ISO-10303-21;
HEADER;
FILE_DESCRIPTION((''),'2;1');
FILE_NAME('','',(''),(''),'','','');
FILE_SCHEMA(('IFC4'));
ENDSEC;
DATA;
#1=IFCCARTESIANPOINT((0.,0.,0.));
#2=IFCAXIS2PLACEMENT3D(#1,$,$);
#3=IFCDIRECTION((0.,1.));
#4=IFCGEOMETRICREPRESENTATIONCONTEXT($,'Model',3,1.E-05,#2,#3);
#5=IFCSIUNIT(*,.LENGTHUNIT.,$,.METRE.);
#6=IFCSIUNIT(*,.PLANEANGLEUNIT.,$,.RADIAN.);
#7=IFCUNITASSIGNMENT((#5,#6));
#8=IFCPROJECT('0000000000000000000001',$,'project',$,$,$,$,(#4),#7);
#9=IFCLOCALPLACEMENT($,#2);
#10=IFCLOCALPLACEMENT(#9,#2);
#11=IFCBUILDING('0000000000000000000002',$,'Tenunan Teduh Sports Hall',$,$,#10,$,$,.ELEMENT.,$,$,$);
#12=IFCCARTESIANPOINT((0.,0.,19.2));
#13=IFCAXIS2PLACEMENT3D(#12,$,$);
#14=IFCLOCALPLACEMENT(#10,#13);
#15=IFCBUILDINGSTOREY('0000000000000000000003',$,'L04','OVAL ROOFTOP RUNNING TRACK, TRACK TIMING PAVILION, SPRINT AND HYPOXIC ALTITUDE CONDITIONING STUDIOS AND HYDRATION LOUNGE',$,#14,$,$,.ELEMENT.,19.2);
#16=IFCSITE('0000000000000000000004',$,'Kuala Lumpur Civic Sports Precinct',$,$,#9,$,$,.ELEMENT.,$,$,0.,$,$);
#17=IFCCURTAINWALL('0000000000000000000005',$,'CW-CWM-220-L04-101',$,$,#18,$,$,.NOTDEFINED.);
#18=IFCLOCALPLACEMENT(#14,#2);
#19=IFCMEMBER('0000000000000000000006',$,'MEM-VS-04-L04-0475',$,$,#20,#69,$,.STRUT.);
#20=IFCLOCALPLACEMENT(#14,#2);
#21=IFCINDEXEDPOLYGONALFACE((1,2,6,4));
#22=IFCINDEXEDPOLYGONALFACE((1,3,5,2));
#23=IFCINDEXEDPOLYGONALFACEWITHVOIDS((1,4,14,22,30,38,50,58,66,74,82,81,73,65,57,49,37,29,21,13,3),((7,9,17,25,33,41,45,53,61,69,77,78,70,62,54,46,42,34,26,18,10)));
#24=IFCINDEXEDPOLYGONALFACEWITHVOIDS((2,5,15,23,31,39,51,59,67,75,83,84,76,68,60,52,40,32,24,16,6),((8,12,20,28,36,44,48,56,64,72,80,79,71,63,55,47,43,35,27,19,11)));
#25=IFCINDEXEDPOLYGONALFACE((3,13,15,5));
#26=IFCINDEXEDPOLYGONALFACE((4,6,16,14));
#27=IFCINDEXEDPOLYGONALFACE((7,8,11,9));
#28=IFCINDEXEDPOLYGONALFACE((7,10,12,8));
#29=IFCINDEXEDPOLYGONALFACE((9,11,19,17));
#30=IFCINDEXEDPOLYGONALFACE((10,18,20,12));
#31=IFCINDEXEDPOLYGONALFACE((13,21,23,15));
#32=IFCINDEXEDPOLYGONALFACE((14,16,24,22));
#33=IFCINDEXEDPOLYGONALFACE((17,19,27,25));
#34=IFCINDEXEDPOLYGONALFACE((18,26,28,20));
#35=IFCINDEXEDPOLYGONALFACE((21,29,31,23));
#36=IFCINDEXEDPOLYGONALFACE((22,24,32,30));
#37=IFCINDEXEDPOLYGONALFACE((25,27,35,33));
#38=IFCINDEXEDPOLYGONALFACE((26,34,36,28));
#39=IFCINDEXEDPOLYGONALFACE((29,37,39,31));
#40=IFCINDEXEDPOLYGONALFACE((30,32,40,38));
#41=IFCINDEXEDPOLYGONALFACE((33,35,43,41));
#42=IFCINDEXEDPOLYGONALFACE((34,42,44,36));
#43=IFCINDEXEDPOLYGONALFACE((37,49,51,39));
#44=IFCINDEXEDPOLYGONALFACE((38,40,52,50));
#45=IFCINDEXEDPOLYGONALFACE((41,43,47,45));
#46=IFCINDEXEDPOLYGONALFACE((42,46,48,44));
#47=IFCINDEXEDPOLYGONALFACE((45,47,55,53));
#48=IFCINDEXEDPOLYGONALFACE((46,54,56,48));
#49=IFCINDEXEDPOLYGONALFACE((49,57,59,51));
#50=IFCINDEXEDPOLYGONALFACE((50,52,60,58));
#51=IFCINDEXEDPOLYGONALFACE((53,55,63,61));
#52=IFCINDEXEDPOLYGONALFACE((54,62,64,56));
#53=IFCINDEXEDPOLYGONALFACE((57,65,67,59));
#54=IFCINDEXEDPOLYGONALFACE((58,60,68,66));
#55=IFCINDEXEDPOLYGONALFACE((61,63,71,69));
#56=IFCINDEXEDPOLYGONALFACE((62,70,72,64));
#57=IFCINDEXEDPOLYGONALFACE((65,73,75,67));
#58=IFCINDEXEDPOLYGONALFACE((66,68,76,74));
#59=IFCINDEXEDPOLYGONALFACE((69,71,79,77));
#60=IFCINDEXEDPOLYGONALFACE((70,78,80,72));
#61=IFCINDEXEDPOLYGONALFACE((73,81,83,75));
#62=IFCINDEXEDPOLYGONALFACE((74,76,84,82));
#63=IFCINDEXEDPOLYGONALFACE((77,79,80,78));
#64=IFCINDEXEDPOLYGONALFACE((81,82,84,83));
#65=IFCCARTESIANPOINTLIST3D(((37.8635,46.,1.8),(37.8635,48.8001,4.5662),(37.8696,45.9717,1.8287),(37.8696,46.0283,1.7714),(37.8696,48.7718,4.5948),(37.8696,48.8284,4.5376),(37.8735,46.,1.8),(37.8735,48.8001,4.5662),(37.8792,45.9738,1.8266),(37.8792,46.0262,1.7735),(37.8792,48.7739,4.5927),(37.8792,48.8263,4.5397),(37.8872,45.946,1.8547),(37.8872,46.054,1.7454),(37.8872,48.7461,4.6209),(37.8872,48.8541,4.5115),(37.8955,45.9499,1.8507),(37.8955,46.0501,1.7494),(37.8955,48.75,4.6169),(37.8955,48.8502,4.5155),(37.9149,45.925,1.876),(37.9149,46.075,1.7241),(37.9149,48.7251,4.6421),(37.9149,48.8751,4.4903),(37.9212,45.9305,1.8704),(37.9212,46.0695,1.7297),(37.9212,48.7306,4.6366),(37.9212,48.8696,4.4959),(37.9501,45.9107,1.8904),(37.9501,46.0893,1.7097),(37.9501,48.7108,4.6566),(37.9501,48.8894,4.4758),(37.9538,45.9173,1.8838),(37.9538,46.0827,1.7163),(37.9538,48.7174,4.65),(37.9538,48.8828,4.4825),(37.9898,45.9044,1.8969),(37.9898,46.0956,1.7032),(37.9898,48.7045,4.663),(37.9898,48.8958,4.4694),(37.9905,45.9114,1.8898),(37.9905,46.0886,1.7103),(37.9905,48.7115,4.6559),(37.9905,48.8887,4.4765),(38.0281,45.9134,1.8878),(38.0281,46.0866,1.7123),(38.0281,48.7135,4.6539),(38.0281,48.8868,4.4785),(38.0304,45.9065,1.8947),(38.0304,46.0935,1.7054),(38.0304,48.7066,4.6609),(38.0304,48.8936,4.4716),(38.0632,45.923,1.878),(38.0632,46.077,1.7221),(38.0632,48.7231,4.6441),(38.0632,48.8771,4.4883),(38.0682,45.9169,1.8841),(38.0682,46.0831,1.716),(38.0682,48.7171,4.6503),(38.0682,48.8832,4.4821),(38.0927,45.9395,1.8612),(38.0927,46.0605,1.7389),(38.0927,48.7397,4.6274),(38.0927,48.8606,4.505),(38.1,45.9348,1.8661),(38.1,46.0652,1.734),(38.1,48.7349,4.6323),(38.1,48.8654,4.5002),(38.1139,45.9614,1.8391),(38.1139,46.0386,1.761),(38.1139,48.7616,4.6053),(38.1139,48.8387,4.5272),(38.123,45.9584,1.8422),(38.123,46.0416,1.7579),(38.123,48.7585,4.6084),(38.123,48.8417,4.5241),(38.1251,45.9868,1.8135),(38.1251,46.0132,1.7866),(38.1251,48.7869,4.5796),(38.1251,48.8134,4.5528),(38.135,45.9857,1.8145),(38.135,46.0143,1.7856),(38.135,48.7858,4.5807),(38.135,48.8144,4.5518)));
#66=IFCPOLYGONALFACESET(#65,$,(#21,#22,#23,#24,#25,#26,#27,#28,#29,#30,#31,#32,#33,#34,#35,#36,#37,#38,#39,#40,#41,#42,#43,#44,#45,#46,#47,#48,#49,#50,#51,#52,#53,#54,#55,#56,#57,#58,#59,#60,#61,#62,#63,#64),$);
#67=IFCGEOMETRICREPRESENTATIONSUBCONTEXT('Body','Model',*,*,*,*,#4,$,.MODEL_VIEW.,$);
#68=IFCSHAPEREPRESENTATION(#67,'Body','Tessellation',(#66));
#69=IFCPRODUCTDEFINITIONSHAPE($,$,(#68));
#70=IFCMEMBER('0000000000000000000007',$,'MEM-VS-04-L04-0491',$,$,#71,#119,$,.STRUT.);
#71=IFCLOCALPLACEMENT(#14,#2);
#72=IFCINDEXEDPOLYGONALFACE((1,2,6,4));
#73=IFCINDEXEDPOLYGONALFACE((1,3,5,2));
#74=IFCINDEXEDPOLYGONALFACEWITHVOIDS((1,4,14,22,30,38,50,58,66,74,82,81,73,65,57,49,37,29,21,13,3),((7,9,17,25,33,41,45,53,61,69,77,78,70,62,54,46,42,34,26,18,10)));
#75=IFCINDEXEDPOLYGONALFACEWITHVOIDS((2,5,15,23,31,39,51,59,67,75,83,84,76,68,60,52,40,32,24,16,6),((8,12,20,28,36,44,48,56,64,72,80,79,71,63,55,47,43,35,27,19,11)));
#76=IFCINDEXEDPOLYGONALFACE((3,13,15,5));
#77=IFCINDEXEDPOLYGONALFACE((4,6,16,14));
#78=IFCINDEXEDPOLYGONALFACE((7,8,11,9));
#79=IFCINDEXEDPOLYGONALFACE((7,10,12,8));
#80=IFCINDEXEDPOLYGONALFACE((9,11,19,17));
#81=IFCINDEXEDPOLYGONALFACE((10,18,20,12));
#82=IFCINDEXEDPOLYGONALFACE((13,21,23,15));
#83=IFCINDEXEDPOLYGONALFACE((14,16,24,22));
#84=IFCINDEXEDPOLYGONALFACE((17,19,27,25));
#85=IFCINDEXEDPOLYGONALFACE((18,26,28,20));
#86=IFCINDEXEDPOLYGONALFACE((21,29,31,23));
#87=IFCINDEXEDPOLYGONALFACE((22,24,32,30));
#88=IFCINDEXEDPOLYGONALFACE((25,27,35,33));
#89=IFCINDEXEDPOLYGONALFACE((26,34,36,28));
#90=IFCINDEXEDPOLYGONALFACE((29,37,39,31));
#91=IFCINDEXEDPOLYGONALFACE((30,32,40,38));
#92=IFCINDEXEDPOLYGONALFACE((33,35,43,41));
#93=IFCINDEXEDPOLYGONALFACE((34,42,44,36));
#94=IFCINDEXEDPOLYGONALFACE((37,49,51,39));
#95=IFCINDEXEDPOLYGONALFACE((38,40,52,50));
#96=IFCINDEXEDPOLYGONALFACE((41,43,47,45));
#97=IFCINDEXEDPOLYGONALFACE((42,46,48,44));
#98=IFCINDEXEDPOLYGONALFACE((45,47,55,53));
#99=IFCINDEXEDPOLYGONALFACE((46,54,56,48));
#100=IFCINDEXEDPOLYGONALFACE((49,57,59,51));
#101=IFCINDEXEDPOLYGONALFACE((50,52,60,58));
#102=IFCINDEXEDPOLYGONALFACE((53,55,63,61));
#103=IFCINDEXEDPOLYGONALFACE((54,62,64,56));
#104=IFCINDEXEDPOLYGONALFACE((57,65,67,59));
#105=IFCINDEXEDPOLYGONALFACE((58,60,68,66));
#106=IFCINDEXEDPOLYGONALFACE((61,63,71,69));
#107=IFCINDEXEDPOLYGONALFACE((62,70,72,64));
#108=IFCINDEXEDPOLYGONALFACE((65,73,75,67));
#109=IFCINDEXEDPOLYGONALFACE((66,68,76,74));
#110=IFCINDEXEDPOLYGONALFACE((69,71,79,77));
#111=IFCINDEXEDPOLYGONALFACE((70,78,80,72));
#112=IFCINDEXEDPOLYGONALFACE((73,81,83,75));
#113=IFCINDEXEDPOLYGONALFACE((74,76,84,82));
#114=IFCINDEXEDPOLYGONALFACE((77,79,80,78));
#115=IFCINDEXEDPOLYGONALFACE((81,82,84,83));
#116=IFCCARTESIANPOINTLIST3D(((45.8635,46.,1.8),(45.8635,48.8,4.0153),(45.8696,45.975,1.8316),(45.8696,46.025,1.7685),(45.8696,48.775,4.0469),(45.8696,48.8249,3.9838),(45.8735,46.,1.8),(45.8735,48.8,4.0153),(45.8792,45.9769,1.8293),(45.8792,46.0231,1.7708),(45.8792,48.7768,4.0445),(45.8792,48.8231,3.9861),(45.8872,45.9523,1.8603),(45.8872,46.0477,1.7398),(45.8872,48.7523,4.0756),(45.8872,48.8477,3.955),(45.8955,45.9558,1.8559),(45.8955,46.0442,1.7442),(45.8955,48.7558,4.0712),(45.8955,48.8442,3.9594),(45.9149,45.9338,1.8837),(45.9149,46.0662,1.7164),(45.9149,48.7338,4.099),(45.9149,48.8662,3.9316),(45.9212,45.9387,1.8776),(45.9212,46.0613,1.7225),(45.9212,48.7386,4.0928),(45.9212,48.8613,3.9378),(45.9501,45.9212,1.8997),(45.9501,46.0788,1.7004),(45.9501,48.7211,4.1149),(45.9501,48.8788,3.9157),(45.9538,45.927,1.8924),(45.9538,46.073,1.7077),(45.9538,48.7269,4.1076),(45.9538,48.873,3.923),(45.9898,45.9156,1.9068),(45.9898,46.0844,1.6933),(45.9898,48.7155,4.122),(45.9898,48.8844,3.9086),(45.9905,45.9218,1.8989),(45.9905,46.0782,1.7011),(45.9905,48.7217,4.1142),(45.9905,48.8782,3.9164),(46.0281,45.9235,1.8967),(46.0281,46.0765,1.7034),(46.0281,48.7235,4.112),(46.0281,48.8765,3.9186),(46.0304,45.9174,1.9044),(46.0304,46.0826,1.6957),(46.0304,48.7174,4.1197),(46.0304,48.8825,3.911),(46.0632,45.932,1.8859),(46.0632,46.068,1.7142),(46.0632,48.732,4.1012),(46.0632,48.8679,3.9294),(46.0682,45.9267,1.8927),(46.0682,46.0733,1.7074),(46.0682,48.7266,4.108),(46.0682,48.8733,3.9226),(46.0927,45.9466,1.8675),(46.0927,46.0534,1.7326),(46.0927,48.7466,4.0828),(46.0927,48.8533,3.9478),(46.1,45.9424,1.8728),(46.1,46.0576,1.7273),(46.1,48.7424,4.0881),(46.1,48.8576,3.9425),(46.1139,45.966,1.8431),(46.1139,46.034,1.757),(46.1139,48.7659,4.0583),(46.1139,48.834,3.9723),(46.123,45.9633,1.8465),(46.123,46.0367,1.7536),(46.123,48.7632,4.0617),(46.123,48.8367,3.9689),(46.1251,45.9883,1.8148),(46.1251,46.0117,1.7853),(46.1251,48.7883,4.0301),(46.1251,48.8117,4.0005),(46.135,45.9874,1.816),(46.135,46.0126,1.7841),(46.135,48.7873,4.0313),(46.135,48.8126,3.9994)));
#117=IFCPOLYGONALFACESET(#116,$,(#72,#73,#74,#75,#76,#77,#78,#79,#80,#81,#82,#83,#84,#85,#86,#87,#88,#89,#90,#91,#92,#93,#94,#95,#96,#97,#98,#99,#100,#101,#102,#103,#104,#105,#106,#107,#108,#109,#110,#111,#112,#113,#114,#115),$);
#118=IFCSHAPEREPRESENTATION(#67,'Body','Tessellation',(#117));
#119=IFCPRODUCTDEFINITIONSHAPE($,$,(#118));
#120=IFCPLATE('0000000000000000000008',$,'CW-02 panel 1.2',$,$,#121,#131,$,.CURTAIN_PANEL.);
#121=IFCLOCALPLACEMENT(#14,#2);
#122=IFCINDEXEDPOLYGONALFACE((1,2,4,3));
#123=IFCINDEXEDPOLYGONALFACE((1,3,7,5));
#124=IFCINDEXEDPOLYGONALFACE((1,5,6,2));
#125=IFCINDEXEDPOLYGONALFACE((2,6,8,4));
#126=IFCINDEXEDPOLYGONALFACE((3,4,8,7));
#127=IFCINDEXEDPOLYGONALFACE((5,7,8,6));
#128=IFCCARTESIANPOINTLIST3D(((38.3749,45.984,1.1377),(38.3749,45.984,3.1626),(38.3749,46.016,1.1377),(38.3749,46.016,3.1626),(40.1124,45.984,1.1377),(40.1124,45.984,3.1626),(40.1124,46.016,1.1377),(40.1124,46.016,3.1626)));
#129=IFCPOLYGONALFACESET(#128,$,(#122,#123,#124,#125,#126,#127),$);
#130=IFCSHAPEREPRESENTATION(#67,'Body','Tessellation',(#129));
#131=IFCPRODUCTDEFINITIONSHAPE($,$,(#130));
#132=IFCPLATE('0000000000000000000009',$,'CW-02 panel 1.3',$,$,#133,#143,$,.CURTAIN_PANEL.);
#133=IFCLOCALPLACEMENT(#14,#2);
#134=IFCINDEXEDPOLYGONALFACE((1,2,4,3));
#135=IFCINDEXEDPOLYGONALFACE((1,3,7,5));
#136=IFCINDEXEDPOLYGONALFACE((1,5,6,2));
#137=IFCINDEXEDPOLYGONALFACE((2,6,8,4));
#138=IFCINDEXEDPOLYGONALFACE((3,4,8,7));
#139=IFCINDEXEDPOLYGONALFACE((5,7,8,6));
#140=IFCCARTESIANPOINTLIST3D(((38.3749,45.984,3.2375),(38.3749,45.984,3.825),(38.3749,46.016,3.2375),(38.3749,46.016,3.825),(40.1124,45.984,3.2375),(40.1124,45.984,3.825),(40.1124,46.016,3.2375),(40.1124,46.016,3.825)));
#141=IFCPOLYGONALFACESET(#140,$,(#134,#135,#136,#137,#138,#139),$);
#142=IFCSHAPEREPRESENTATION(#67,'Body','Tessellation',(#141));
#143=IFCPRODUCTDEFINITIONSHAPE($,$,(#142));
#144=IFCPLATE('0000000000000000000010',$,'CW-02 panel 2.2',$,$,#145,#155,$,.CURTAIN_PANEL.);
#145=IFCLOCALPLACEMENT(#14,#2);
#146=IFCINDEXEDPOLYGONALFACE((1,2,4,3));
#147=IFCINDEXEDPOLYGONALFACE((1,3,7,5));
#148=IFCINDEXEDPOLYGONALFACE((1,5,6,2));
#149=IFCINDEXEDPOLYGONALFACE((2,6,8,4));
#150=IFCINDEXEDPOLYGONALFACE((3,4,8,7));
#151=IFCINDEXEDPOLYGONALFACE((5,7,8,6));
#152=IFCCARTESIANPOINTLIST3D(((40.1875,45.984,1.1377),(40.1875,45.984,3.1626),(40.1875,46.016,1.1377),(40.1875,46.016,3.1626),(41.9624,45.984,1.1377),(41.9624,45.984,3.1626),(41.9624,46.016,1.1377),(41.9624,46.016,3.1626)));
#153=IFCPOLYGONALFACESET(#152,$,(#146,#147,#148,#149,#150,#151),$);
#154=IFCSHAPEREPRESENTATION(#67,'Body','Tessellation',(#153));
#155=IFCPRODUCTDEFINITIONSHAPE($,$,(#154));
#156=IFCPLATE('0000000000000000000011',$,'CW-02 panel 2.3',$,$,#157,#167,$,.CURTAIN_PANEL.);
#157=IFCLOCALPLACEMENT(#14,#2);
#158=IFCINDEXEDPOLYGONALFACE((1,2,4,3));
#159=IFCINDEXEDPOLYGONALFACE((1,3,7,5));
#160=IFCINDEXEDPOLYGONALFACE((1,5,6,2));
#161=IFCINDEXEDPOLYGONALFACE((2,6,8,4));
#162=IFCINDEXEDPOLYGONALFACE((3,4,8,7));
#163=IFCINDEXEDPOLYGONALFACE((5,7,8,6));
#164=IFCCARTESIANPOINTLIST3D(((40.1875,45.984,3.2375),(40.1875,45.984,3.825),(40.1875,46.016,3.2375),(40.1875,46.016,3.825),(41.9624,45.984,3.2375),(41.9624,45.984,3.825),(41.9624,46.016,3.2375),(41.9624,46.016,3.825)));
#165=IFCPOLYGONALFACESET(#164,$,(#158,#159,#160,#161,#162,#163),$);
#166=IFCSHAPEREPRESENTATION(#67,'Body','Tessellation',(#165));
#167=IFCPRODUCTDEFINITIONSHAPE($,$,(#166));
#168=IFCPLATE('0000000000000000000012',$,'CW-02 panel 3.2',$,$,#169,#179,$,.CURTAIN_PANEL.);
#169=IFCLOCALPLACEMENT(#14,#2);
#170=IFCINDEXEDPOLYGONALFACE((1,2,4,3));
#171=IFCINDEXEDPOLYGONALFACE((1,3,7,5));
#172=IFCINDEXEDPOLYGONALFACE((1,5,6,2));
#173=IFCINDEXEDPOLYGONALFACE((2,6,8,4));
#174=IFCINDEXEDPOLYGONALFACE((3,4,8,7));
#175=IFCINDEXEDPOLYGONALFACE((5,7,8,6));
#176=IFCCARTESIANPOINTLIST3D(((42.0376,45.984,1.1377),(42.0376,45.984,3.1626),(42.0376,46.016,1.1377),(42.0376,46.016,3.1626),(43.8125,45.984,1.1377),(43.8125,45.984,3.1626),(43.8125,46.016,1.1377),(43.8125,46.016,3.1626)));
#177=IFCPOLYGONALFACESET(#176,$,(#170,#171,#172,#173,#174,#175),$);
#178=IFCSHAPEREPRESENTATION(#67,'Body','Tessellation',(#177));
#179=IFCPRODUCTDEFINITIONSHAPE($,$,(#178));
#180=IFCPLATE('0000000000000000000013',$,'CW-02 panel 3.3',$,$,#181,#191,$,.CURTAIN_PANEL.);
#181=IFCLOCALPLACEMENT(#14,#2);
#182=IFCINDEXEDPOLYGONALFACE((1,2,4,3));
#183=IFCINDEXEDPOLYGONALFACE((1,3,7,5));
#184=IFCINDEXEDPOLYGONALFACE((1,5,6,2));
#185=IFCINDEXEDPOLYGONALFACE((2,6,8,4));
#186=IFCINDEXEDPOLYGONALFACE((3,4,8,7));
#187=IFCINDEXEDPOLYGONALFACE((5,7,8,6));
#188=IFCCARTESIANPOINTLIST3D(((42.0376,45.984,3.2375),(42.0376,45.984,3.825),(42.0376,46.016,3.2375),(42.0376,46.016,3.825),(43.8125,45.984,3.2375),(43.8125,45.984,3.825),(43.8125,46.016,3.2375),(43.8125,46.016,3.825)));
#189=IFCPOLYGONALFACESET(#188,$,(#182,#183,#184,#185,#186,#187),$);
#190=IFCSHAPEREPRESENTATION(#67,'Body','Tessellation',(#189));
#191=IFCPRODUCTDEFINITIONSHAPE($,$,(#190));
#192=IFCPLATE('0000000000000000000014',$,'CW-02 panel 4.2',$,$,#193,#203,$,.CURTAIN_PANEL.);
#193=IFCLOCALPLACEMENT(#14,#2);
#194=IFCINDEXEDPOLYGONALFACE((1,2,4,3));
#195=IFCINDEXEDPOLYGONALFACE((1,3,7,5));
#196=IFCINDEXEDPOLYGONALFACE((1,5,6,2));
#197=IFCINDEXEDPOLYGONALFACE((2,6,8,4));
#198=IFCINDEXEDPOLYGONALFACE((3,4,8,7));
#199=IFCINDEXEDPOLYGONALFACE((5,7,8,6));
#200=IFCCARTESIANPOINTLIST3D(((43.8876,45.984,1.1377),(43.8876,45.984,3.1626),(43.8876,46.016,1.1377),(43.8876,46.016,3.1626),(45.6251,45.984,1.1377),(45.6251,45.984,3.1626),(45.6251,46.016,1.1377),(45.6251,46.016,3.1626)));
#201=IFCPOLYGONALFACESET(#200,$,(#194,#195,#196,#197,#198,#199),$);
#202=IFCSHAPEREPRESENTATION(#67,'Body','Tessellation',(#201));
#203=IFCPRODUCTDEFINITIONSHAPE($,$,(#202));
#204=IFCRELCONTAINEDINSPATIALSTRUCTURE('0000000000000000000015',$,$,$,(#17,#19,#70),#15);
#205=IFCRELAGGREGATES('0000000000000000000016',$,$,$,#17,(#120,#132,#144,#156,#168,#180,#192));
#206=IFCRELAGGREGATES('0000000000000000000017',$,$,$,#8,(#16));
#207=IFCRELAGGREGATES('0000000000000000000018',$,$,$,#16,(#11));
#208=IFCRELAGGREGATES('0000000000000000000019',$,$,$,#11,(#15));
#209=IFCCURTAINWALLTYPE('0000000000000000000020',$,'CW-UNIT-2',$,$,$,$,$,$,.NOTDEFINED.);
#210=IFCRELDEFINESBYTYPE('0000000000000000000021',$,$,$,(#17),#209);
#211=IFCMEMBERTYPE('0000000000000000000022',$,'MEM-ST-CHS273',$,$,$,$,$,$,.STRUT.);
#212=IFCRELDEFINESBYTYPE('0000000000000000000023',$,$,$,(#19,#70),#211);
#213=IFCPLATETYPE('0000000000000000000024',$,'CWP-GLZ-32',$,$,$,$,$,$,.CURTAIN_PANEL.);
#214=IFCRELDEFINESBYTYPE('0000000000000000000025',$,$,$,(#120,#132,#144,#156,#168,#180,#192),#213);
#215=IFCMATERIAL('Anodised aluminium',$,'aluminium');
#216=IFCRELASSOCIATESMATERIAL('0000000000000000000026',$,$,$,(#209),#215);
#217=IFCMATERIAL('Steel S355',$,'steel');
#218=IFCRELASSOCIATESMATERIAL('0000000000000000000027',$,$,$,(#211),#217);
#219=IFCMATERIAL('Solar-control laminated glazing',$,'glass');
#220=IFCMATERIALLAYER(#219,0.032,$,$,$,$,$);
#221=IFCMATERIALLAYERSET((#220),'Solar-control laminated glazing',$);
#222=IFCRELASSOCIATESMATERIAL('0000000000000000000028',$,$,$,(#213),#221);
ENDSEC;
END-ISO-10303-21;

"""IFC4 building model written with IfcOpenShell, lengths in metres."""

from ifc_helpers import new_model, si_unit, direction, frame, origin, origin_2d, place, context, subcontext, project, spatial, rectangle, hollow_circle, extrude, material, layer, layer_set, material_profile, profile_set, type_object, element, aggregate, save


model = new_model("IFC4")

# Units and contexts
model_context = context("Model", 3, precision=1e-05, world=origin(), true_north=direction((0.0, 1.0)))
body_context = subcontext(model_context, "Body", "Model", "MODEL_VIEW")
ifc_project = project(units=[si_unit("LENGTHUNIT", "METRE"), si_unit("PLANEANGLEUNIT", "RADIAN")], contexts=[model_context])

# Site, building, storey
site_placement = place(None, origin())
site = spatial("IfcSite", under=ifc_project, at=site_placement, Name="Kuala Lumpur Civic Sports Precinct", CompositionType="ELEMENT", RefElevation=0.0)
building_placement = place(site_placement, origin())
building = spatial("IfcBuilding", under=site, at=building_placement, Name="Tenunan Teduh Sports Hall", CompositionType="ELEMENT")
storey_placement = place(building_placement, frame((0.0, 0.0, 19.2)))
storey = spatial("IfcBuildingStorey", under=building, at=storey_placement, Name="L04", Description="OVAL ROOFTOP RUNNING TRACK, TRACK TIMING PAVILION, SPRINT AND HYPOXIC ALTITUDE CONDITIONING STUDIOS AND HYDRATION LOUNGE", CompositionType="ELEMENT", Elevation=19.2)

# Shared definitions
ifc_material_1 = material(Name="Anodised aluminium", Category="aluminium")
curtain_wall_type = type_object("IfcCurtainWallType", Name="CW-UNIT-2", PredefinedType="NOTDEFINED", material=ifc_material_1)

# Curtain wall
curtain_wall_1_placement = place(storey_placement, origin())
curtain_wall_1 = element("IfcCurtainWall", 1, at=curtain_wall_1_placement, inside=storey, type_object=curtain_wall_type, Name="CW-CWM-220-L04-101", PredefinedType="NOTDEFINED")

# Members
ifc_material_2 = material(Name="Steel S355", Category="steel")
ifc_material_profile_1 = material_profile(ifc_material_2, hollow_circle(Radius=0.1365, WallThickness=0.01, at=origin_2d()), Name="CHS 273.0x10.0")
ifc_profile_set_1 = profile_set([ifc_material_profile_1], Name="Steel S355")
member_type_1 = type_object("IfcMemberType", Name="MEM-ST-CHS273", PredefinedType="STRUT", material=ifc_profile_set_1)
member_1_placement = place(storey_placement, frame((38.0, 46.0, 1.8), z_axis=(0.0, 0.711405, 0.702783), x_axis=(-1.0, 0.0, 0.0)))
element("IfcMember", 2, at=member_1_placement, inside=storey, type_object=member_type_1, Name="MEM-VS-04-L04-0475", PredefinedType="STRUT", context=body_context, shape_type="SweptSolid", body=[
    extrude(hollow_circle(Radius=0.1365, WallThickness=0.01, at=origin_2d()), origin(), (0.0, 0.0, 1.0), 3.936),
])
member_2_placement = place(storey_placement, frame((46.0, 46.0, 1.8), z_axis=(0.0, 0.784233, 0.620466), x_axis=(-1.0, 0.0, 0.0)))
element("IfcMember", 3, at=member_2_placement, inside=storey, type_object=member_type_1, Name="MEM-VS-04-L04-0491", PredefinedType="STRUT", context=body_context, shape_type="SweptSolid", body=[
    extrude(hollow_circle(Radius=0.1365, WallThickness=0.01, at=origin_2d()), origin(), (0.0, 0.0, 1.0), 3.5703),
])

# Plates
ifc_material_3 = material(Name="Solar-control laminated glazing", Category="glass")
ifc_layer_1 = layer(ifc_material_3, 0.032)
ifc_layer_set_1 = layer_set([ifc_layer_1], Name="Solar-control laminated glazing")
plate_type_1 = type_object("IfcPlateType", Name="CWP-GLZ-32", PredefinedType="CURTAIN_PANEL", material=ifc_layer_set_1)
plate_1_placement = place(storey_placement, frame((39.2437, 46.0, 1.1377), z_axis=(0.0, 0.0, 1.0), x_axis=(1.0, 0.0, 0.0)))
plate_1 = element("IfcPlate", 4, at=plate_1_placement, type_object=plate_type_1, Name="CW-02 panel 1.2", PredefinedType="CURTAIN_PANEL", context=body_context, shape_type="SweptSolid", body=[
    extrude(rectangle(XDim=1.7375, YDim=0.032, at=origin_2d()), origin(), (0.0, 0.0, 1.0), 2.0249),
])
plate_2_placement = place(storey_placement, frame((39.2437, 46.0, 3.2375), z_axis=(0.0, 0.0, 1.0), x_axis=(1.0, 0.0, 0.0)))
plate_2 = element("IfcPlate", 5, at=plate_2_placement, type_object=plate_type_1, Name="CW-02 panel 1.3", PredefinedType="CURTAIN_PANEL", context=body_context, shape_type="SweptSolid", body=[
    extrude(rectangle(XDim=1.7375, YDim=0.032, at=origin_2d()), origin(), (0.0, 0.0, 1.0), 0.5874),
])
plate_3_placement = place(storey_placement, frame((41.075, 46.0, 1.1377), z_axis=(0.0, 0.0, 1.0), x_axis=(1.0, 0.0, 0.0)))
plate_3 = element("IfcPlate", 6, at=plate_3_placement, type_object=plate_type_1, Name="CW-02 panel 2.2", PredefinedType="CURTAIN_PANEL", context=body_context, shape_type="SweptSolid", body=[
    extrude(rectangle(XDim=1.7749, YDim=0.032, at=origin_2d()), origin(), (0.0, 0.0, 1.0), 2.0249),
])
plate_4_placement = place(storey_placement, frame((41.075, 46.0, 3.2375), z_axis=(0.0, 0.0, 1.0), x_axis=(1.0, 0.0, 0.0)))
plate_4 = element("IfcPlate", 7, at=plate_4_placement, type_object=plate_type_1, Name="CW-02 panel 2.3", PredefinedType="CURTAIN_PANEL", context=body_context, shape_type="SweptSolid", body=[
    extrude(rectangle(XDim=1.7749, YDim=0.032, at=origin_2d()), origin(), (0.0, 0.0, 1.0), 0.5874),
])
plate_5_placement = place(storey_placement, frame((42.925, 46.0, 1.1377), z_axis=(0.0, 0.0, 1.0), x_axis=(1.0, 0.0, 0.0)))
plate_5 = element("IfcPlate", 8, at=plate_5_placement, type_object=plate_type_1, Name="CW-02 panel 3.2", PredefinedType="CURTAIN_PANEL", context=body_context, shape_type="SweptSolid", body=[
    extrude(rectangle(XDim=1.7749, YDim=0.032, at=origin_2d()), origin(), (0.0, 0.0, 1.0), 2.0249),
])
plate_6_placement = place(storey_placement, frame((42.925, 46.0, 3.2375), z_axis=(0.0, 0.0, 1.0), x_axis=(1.0, 0.0, 0.0)))
plate_6 = element("IfcPlate", 9, at=plate_6_placement, type_object=plate_type_1, Name="CW-02 panel 3.3", PredefinedType="CURTAIN_PANEL", context=body_context, shape_type="SweptSolid", body=[
    extrude(rectangle(XDim=1.7749, YDim=0.032, at=origin_2d()), origin(), (0.0, 0.0, 1.0), 0.5874),
])
plate_7_placement = place(storey_placement, frame((44.7563, 46.0, 1.1377), z_axis=(0.0, 0.0, 1.0), x_axis=(1.0, 0.0, 0.0)))
plate_7 = element("IfcPlate", 10, at=plate_7_placement, type_object=plate_type_1, Name="CW-02 panel 4.2", PredefinedType="CURTAIN_PANEL", context=body_context, shape_type="SweptSolid", body=[
    extrude(rectangle(XDim=1.7375, YDim=0.032, at=origin_2d()), origin(), (0.0, 0.0, 1.0), 2.0249),
])
aggregate(curtain_wall_1, [plate_1, plate_2, plate_3, plate_4, plate_5, plate_6, plate_7])

save(model, "model.ifc")
